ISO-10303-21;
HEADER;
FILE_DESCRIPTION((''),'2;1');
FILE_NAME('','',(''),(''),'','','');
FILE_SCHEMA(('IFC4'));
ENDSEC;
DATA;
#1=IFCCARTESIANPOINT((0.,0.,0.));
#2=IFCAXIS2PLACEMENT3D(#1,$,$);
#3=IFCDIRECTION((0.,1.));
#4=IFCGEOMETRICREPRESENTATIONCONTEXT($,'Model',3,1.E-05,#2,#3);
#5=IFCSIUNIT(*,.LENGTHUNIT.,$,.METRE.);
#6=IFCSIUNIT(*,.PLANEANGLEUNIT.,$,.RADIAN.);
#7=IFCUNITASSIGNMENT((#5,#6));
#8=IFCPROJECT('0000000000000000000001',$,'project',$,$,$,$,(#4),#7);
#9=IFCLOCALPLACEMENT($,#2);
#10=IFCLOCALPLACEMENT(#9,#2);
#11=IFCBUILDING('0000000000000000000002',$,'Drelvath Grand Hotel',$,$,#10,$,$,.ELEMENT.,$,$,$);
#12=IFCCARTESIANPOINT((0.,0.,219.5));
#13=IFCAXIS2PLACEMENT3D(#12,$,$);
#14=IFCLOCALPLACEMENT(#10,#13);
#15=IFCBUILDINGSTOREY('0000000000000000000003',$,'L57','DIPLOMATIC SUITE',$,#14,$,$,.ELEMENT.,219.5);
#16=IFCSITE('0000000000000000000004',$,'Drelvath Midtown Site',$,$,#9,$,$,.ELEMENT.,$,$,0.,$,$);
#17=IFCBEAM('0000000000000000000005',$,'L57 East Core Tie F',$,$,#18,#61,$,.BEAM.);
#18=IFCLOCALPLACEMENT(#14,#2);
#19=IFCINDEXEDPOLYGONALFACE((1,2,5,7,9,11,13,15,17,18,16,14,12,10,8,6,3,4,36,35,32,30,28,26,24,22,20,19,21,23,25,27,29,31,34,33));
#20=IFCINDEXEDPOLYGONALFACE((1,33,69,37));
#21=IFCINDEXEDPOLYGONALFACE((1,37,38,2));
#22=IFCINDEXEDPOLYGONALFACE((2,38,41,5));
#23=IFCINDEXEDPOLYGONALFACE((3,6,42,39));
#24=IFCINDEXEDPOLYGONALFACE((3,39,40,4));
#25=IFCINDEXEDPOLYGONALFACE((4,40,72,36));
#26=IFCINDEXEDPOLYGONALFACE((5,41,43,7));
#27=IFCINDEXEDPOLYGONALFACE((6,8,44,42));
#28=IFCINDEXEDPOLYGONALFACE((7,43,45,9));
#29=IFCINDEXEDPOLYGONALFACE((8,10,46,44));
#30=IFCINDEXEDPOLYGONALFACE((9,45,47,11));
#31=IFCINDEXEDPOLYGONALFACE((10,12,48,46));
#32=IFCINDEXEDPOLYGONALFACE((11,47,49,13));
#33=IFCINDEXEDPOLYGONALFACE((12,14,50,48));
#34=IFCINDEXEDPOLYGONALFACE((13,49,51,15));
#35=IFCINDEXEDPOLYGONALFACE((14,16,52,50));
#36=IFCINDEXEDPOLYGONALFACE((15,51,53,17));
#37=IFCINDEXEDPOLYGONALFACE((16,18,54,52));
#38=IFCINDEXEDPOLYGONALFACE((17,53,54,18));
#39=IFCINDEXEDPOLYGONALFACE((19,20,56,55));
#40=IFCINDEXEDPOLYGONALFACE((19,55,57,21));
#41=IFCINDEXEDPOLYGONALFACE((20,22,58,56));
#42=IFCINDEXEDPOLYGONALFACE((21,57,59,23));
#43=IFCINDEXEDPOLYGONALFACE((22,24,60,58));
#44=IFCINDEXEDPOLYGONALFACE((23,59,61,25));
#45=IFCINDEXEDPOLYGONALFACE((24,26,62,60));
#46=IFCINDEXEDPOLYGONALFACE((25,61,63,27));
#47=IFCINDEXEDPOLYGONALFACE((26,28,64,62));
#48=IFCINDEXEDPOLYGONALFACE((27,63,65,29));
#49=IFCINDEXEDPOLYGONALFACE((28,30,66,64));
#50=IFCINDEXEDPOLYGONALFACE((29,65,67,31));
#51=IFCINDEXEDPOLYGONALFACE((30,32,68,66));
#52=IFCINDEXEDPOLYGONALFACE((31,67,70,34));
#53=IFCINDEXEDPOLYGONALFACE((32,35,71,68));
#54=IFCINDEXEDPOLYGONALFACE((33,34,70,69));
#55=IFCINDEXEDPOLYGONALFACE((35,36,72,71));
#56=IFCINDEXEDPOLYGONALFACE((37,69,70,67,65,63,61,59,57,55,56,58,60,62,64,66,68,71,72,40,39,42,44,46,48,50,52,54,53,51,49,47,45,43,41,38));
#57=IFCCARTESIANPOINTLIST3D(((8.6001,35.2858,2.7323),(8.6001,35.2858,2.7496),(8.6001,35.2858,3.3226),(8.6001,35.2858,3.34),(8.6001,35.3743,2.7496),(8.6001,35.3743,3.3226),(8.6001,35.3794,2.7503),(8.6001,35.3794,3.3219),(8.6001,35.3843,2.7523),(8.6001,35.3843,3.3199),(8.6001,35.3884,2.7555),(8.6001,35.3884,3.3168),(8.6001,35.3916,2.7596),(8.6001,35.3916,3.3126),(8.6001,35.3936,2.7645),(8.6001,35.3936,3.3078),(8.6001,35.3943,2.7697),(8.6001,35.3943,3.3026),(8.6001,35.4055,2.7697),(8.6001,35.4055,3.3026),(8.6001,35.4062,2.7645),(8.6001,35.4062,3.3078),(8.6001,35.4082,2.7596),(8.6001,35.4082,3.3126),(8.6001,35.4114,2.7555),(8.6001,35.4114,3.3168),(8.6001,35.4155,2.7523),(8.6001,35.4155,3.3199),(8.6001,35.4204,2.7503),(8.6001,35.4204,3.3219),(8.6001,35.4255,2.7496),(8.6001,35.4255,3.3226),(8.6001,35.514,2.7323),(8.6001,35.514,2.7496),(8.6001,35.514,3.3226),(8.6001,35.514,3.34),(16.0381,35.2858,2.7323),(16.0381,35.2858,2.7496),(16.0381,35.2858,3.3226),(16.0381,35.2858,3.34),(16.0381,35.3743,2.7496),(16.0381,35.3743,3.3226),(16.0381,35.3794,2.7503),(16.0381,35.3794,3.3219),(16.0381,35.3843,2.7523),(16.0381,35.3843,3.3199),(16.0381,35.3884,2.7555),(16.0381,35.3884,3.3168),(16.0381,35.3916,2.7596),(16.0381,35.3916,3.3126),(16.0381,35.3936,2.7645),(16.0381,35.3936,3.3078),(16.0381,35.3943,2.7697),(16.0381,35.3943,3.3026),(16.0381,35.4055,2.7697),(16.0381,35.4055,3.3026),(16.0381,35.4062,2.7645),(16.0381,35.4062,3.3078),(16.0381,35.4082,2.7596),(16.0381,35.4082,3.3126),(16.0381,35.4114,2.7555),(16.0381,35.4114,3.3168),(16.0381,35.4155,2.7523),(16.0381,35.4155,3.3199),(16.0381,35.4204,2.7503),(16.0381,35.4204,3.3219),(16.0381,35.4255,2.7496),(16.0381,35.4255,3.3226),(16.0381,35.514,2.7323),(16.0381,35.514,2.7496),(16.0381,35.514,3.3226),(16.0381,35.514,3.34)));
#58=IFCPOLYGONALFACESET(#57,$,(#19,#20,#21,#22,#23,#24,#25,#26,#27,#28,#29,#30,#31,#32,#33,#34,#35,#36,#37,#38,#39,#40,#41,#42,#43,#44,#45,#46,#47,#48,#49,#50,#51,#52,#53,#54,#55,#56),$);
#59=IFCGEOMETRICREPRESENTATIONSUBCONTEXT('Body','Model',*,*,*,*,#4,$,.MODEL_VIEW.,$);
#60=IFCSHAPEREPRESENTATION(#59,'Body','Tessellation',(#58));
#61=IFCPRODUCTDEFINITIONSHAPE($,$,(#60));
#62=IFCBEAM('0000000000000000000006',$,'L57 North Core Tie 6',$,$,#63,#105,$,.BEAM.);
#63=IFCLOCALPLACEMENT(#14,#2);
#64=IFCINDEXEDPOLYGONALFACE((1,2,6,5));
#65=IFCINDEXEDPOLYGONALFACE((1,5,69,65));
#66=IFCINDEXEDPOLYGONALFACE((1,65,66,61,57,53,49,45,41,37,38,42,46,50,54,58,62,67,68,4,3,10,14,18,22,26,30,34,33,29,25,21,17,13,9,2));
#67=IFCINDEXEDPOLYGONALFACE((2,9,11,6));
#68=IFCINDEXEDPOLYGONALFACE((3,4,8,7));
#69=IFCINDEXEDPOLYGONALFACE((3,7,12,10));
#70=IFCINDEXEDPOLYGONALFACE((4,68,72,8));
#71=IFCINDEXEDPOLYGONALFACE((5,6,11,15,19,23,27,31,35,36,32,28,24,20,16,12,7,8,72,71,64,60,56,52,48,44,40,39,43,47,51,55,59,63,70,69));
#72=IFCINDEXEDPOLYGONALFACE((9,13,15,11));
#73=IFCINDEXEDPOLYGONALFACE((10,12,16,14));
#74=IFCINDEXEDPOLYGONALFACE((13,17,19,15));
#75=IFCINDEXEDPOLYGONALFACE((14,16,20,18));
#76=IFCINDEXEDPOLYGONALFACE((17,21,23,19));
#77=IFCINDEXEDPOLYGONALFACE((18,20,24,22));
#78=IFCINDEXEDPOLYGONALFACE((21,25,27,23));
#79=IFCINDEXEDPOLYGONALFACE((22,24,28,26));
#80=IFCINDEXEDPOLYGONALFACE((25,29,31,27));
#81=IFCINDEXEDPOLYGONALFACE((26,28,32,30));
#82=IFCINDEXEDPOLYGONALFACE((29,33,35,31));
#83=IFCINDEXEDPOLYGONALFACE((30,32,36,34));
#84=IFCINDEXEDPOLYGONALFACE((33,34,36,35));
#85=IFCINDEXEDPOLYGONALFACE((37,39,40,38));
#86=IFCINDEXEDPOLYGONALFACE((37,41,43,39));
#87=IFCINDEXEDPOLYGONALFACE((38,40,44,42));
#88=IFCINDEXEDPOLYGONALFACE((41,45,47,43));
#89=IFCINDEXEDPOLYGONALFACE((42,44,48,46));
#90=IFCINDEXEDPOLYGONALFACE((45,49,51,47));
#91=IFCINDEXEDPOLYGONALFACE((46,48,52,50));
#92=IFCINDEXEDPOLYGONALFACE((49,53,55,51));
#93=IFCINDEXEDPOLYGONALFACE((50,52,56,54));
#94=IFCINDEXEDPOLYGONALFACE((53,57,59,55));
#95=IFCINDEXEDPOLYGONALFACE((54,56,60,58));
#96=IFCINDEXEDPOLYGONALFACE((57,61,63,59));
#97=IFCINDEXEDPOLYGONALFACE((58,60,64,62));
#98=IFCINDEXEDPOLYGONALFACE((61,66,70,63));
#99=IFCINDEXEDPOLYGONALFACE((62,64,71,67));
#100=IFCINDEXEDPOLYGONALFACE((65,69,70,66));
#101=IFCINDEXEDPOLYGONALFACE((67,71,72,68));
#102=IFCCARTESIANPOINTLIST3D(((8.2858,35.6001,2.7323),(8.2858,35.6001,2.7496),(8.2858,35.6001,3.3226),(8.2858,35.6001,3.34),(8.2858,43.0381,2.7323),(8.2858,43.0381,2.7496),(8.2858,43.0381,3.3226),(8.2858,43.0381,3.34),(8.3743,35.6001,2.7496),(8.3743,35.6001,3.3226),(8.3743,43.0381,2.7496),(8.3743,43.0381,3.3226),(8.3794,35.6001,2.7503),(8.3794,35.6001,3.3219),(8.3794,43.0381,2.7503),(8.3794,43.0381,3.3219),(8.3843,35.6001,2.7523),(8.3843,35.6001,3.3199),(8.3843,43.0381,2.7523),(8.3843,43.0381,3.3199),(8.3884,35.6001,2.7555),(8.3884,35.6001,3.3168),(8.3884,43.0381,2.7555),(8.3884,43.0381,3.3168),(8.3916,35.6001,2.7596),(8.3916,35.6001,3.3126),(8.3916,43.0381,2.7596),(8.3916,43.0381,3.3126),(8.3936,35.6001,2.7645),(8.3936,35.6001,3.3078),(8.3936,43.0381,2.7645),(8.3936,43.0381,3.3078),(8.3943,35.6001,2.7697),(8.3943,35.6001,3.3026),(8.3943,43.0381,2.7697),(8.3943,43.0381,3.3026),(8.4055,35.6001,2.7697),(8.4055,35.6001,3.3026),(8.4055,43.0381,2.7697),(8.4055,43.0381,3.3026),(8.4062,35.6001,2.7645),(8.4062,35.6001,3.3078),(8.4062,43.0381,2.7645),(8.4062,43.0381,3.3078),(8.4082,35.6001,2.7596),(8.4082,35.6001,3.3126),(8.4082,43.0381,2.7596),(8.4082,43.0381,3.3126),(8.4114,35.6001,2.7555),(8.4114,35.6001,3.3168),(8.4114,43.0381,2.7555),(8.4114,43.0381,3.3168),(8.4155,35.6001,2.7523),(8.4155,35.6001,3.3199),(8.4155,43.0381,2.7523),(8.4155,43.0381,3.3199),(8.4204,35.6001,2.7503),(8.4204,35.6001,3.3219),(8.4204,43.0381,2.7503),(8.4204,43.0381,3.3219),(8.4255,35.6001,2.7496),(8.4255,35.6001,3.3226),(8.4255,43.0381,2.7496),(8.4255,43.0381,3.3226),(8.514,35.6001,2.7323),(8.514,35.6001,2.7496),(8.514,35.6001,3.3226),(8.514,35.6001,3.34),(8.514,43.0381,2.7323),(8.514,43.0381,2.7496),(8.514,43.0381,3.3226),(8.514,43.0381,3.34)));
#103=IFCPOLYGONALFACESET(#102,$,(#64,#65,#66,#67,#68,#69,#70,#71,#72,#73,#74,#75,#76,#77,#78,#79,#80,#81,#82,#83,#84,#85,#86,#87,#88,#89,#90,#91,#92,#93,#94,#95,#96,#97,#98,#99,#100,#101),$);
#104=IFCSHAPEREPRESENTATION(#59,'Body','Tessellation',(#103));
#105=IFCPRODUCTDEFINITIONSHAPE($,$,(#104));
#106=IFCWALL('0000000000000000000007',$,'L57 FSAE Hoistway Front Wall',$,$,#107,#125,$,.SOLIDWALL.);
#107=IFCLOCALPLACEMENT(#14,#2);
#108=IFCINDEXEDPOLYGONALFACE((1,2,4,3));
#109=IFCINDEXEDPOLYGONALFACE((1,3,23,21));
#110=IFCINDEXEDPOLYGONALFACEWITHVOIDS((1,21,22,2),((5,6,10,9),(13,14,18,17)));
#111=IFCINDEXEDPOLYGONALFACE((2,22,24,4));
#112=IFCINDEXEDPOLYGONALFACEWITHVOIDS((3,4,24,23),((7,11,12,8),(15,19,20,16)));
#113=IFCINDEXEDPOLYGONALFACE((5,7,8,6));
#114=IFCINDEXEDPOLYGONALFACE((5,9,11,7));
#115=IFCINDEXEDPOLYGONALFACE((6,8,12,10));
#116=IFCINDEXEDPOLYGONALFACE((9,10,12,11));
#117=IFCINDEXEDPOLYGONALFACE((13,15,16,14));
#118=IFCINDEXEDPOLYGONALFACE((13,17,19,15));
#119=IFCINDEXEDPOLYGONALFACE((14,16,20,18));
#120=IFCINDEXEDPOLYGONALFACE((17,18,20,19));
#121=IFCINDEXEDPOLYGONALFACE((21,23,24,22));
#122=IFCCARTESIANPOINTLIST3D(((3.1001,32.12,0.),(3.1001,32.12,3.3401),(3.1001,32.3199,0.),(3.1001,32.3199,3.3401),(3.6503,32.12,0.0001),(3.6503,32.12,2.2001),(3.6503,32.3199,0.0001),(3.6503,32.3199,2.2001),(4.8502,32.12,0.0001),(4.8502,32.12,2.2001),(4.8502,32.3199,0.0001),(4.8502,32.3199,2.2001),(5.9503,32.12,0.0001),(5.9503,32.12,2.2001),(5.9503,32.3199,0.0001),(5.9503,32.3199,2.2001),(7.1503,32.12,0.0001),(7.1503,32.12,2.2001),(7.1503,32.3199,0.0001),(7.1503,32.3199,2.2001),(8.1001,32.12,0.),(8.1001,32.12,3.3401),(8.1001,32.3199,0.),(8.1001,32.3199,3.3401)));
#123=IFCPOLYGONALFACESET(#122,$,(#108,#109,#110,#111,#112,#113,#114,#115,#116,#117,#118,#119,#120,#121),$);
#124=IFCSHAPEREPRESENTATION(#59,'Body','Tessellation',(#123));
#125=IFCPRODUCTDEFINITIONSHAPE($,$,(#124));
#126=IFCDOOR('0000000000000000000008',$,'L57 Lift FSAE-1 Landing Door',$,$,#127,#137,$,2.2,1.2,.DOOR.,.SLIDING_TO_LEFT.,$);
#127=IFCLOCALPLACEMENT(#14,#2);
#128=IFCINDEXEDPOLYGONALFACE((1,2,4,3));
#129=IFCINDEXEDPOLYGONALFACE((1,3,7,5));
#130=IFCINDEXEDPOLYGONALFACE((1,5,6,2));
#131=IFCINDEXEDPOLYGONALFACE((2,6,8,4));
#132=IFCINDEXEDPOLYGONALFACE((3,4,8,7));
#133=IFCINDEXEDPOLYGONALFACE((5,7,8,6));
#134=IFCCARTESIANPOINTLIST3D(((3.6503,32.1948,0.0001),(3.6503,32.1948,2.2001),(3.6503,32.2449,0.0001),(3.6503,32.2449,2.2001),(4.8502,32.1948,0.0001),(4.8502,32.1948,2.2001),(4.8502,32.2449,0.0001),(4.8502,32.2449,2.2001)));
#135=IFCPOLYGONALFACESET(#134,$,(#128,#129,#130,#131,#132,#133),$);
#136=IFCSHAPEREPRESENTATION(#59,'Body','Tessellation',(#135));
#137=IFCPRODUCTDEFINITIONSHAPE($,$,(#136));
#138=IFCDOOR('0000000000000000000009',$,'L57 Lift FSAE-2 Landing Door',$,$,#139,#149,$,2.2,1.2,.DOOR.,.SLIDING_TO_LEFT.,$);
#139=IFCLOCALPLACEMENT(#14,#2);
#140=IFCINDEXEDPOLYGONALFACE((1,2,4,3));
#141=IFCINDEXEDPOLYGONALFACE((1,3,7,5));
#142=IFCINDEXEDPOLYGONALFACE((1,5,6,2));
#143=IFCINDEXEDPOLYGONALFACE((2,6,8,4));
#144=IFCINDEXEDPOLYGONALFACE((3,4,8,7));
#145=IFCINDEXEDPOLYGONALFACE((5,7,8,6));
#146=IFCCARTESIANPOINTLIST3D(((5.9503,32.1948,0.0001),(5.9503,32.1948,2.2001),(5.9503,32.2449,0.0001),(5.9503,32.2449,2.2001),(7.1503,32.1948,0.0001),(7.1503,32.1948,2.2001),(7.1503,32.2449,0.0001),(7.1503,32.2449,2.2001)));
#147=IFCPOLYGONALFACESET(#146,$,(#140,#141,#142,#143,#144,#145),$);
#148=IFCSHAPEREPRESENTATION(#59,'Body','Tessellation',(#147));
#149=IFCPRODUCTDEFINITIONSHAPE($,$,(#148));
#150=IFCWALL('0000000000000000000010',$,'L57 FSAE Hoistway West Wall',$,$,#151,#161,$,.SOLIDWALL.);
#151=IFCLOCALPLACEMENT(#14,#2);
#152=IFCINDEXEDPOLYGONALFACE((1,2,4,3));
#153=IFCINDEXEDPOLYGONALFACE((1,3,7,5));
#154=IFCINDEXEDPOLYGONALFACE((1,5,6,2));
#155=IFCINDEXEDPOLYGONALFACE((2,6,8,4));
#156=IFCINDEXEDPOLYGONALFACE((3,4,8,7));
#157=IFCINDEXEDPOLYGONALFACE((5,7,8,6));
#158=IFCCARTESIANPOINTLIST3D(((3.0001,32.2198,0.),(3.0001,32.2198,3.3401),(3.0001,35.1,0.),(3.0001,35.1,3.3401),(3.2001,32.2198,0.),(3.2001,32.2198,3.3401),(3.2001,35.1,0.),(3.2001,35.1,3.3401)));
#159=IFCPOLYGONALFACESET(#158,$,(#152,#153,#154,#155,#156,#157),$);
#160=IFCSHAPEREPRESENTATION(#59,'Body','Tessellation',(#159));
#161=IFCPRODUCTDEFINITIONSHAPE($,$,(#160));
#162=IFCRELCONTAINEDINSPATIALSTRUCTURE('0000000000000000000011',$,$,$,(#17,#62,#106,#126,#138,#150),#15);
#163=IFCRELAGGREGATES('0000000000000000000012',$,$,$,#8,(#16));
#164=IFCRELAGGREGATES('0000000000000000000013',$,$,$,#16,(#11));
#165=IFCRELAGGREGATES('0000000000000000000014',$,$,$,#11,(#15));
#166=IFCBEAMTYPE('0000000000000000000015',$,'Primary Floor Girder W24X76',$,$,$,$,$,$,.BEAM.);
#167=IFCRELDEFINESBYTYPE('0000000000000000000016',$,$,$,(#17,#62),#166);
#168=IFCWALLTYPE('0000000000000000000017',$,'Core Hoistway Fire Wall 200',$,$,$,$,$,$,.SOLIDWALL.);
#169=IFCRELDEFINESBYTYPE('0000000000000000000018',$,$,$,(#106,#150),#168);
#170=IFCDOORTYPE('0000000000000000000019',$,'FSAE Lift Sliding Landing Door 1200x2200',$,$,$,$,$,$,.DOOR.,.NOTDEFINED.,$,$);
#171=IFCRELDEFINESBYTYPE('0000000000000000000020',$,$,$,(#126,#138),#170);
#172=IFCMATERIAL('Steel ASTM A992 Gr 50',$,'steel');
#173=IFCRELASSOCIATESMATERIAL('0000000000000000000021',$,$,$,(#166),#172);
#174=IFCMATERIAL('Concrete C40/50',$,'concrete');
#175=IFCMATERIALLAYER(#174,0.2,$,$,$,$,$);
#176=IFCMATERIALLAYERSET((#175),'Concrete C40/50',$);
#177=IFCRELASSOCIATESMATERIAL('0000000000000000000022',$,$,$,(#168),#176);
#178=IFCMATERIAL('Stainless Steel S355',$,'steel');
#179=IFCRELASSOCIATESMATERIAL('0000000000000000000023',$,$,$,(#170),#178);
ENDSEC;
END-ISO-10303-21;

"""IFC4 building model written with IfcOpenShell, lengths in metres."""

from ifc_helpers import new_model, si_unit, direction, frame, frame_2d, origin, origin_2d, place, context, subcontext, project, spatial, rectangle, i_section, extrude, material, layer, layer_set, material_profile, profile_set, type_object, element, fill, save


model = new_model("IFC4")

# Units and contexts
model_context = context("Model", 3, precision=1e-05, world=origin(), true_north=direction((0.0, 1.0)))
body_context = subcontext(model_context, "Body", "Model", "MODEL_VIEW")
ifc_project = project(units=[si_unit("LENGTHUNIT", "METRE"), si_unit("PLANEANGLEUNIT", "RADIAN")], contexts=[model_context])

# Site, building, storey
site_placement = place(None, origin())
site = spatial("IfcSite", under=ifc_project, at=site_placement, Name="Drelvath Midtown Site", CompositionType="ELEMENT", RefElevation=0.0)
building_placement = place(site_placement, origin())
building = spatial("IfcBuilding", under=site, at=building_placement, Name="Drelvath Grand Hotel", CompositionType="ELEMENT")
storey_placement = place(building_placement, frame((0.0, 0.0, 219.5)))
storey = spatial("IfcBuildingStorey", under=building, at=storey_placement, Name="L57", Description="DIPLOMATIC SUITE", CompositionType="ELEMENT", Elevation=219.5)

# Beams
ifc_material_1 = material(Name="Steel ASTM A992 Gr 50", Category="steel")
ifc_material_profile_1 = material_profile(ifc_material_1, i_section(OverallWidth=0.2283, OverallDepth=0.6077, WebThickness=0.0112, FlangeThickness=0.0173, FilletRadius=0.02, at=origin_2d()), Name="W24X76")
ifc_profile_set_1 = profile_set([ifc_material_profile_1], Name="Steel ASTM A992 Gr 50")
beam_type_1 = type_object("IfcBeamType", Name="Primary Floor Girder W24X76", PredefinedType="BEAM", material=ifc_profile_set_1)
for number, where, z_axis, x_axis, name in (
    (1, (8.6001, 35.3999, 3.0361), (1.0, 0.0, 0.0), (0.0, 1.0, 0.0), "L57 East Core Tie F"),
    (2, (8.3999, 35.6001, 3.0361), (0.0, 1.0, 0.0), (-1.0, 0.0, 0.0), "L57 North Core Tie 6"),
):
    element("IfcBeam", number, at=place(storey_placement, frame(where, z_axis=z_axis, x_axis=x_axis)), inside=storey, type_object=beam_type_1, Name=name, PredefinedType="BEAM", context=body_context, shape_type="SweptSolid", body=[
        extrude(i_section(OverallWidth=0.2283, OverallDepth=0.6077, WebThickness=0.0112, FlangeThickness=0.0173, FilletRadius=0.02, at=origin_2d()), origin(), (0.0, 0.0, 1.0), 7.438),
    ])

# Wall, openings, doors
ifc_material_2 = material(Name="Concrete C40/50", Category="concrete")
ifc_layer_1 = layer(ifc_material_2, 0.2)
ifc_layer_set_1 = layer_set([ifc_layer_1], Name="Concrete C40/50")
wall_type_1 = type_object("IfcWallType", Name="Core Hoistway Fire Wall 200", PredefinedType="SOLIDWALL", material=ifc_layer_set_1)
wall_1_placement = place(storey_placement, frame((3.1001, 32.22, 0.0), z_axis=(0.0, 0.0, 1.0), x_axis=(1.0, 0.0, 0.0)))
wall_1 = element("IfcWall", 3, at=wall_1_placement, inside=storey, type_object=wall_type_1, Name="L57 FSAE Hoistway Front Wall", PredefinedType="SOLIDWALL", context=body_context, shape_type="SweptSolid", body=[
    extrude(rectangle(XDim=5.0, YDim=0.2, at=frame_2d((2.5, 0.0))), origin(), (0.0, 0.0, 1.0), 3.3401),
])
opening_1_placement = place(wall_1_placement, frame((0.55, 0.0, 0.0)))
opening_1 = element("IfcOpeningElement", 4, at=opening_1_placement, cuts=wall_1, PredefinedType="OPENING", context=body_context, shape_type="SweptSolid", body=[
    extrude(rectangle(XDim=1.2, YDim=2.2, at=frame_2d((0.6001, 1.1001))), frame((0.0, 0.1099, 0.0), z_axis=(0.0, -1.0, 0.0), x_axis=(1.0, 0.0, 0.0)), (0.0, 0.0, 1.0), 0.22),
])
opening_2_placement = place(wall_1_placement, frame((2.8501, 0.0, 0.0)))
opening_2 = element("IfcOpeningElement", 5, at=opening_2_placement, cuts=wall_1, PredefinedType="OPENING", context=body_context, shape_type="SweptSolid", body=[
    extrude(rectangle(XDim=1.2, YDim=2.2, at=frame_2d((0.6001, 1.1001))), frame((0.0, 0.1099, 0.0), z_axis=(0.0, -1.0, 0.0), x_axis=(1.0, 0.0, 0.0)), (0.0, 0.0, 1.0), 0.22),
])
ifc_material_3 = material(Name="Stainless Steel S355", Category="steel")
door_type_1 = type_object("IfcDoorType", Name="FSAE Lift Sliding Landing Door 1200x2200", OperationType="NOTDEFINED", PredefinedType="DOOR", material=ifc_material_3)
door_1_placement = place(opening_1_placement, origin())
door_1 = element("IfcDoor", 6, at=door_1_placement, inside=storey, type_object=door_type_1, Name="L57 Lift FSAE-1 Landing Door", OperationType="SLIDING_TO_LEFT", OverallHeight=2.2, OverallWidth=1.2, PredefinedType="DOOR", context=body_context, shape_type="SweptSolid", body=[
    extrude(rectangle(XDim=1.2, YDim=2.2, at=frame_2d((0.6001, 1.1001))), frame((0.0, 0.0249, 0.0), z_axis=(0.0, -1.0, 0.0), x_axis=(1.0, 0.0, 0.0)), (0.0, 0.0, 1.0), 0.05),
])
fill(opening_1, door_1)
door_2_placement = place(opening_2_placement, origin())
door_2 = element("IfcDoor", 7, at=door_2_placement, inside=storey, type_object=door_type_1, Name="L57 Lift FSAE-2 Landing Door", OperationType="SLIDING_TO_LEFT", OverallHeight=2.2, OverallWidth=1.2, PredefinedType="DOOR", context=body_context, shape_type="SweptSolid", body=[
    extrude(rectangle(XDim=1.2, YDim=2.2, at=frame_2d((0.6001, 1.1001))), frame((0.0, 0.0249, 0.0), z_axis=(0.0, -1.0, 0.0), x_axis=(1.0, 0.0, 0.0)), (0.0, 0.0, 1.0), 0.05),
])
fill(opening_2, door_2)

# Wall
wall_2_placement = place(storey_placement, frame((3.1001, 32.22, 0.0), z_axis=(0.0, 0.0, 1.0), x_axis=(0.0, 1.0, 0.0)))
element("IfcWall", 8, at=wall_2_placement, inside=storey, type_object=wall_type_1, Name="L57 FSAE Hoistway West Wall", PredefinedType="SOLIDWALL", context=body_context, shape_type="SweptSolid", body=[
    extrude(rectangle(XDim=2.8801, YDim=0.2, at=frame_2d((1.4399, 0.0))), origin(), (0.0, 0.0, 1.0), 3.3401),
])

save(model, "model.ifc")
